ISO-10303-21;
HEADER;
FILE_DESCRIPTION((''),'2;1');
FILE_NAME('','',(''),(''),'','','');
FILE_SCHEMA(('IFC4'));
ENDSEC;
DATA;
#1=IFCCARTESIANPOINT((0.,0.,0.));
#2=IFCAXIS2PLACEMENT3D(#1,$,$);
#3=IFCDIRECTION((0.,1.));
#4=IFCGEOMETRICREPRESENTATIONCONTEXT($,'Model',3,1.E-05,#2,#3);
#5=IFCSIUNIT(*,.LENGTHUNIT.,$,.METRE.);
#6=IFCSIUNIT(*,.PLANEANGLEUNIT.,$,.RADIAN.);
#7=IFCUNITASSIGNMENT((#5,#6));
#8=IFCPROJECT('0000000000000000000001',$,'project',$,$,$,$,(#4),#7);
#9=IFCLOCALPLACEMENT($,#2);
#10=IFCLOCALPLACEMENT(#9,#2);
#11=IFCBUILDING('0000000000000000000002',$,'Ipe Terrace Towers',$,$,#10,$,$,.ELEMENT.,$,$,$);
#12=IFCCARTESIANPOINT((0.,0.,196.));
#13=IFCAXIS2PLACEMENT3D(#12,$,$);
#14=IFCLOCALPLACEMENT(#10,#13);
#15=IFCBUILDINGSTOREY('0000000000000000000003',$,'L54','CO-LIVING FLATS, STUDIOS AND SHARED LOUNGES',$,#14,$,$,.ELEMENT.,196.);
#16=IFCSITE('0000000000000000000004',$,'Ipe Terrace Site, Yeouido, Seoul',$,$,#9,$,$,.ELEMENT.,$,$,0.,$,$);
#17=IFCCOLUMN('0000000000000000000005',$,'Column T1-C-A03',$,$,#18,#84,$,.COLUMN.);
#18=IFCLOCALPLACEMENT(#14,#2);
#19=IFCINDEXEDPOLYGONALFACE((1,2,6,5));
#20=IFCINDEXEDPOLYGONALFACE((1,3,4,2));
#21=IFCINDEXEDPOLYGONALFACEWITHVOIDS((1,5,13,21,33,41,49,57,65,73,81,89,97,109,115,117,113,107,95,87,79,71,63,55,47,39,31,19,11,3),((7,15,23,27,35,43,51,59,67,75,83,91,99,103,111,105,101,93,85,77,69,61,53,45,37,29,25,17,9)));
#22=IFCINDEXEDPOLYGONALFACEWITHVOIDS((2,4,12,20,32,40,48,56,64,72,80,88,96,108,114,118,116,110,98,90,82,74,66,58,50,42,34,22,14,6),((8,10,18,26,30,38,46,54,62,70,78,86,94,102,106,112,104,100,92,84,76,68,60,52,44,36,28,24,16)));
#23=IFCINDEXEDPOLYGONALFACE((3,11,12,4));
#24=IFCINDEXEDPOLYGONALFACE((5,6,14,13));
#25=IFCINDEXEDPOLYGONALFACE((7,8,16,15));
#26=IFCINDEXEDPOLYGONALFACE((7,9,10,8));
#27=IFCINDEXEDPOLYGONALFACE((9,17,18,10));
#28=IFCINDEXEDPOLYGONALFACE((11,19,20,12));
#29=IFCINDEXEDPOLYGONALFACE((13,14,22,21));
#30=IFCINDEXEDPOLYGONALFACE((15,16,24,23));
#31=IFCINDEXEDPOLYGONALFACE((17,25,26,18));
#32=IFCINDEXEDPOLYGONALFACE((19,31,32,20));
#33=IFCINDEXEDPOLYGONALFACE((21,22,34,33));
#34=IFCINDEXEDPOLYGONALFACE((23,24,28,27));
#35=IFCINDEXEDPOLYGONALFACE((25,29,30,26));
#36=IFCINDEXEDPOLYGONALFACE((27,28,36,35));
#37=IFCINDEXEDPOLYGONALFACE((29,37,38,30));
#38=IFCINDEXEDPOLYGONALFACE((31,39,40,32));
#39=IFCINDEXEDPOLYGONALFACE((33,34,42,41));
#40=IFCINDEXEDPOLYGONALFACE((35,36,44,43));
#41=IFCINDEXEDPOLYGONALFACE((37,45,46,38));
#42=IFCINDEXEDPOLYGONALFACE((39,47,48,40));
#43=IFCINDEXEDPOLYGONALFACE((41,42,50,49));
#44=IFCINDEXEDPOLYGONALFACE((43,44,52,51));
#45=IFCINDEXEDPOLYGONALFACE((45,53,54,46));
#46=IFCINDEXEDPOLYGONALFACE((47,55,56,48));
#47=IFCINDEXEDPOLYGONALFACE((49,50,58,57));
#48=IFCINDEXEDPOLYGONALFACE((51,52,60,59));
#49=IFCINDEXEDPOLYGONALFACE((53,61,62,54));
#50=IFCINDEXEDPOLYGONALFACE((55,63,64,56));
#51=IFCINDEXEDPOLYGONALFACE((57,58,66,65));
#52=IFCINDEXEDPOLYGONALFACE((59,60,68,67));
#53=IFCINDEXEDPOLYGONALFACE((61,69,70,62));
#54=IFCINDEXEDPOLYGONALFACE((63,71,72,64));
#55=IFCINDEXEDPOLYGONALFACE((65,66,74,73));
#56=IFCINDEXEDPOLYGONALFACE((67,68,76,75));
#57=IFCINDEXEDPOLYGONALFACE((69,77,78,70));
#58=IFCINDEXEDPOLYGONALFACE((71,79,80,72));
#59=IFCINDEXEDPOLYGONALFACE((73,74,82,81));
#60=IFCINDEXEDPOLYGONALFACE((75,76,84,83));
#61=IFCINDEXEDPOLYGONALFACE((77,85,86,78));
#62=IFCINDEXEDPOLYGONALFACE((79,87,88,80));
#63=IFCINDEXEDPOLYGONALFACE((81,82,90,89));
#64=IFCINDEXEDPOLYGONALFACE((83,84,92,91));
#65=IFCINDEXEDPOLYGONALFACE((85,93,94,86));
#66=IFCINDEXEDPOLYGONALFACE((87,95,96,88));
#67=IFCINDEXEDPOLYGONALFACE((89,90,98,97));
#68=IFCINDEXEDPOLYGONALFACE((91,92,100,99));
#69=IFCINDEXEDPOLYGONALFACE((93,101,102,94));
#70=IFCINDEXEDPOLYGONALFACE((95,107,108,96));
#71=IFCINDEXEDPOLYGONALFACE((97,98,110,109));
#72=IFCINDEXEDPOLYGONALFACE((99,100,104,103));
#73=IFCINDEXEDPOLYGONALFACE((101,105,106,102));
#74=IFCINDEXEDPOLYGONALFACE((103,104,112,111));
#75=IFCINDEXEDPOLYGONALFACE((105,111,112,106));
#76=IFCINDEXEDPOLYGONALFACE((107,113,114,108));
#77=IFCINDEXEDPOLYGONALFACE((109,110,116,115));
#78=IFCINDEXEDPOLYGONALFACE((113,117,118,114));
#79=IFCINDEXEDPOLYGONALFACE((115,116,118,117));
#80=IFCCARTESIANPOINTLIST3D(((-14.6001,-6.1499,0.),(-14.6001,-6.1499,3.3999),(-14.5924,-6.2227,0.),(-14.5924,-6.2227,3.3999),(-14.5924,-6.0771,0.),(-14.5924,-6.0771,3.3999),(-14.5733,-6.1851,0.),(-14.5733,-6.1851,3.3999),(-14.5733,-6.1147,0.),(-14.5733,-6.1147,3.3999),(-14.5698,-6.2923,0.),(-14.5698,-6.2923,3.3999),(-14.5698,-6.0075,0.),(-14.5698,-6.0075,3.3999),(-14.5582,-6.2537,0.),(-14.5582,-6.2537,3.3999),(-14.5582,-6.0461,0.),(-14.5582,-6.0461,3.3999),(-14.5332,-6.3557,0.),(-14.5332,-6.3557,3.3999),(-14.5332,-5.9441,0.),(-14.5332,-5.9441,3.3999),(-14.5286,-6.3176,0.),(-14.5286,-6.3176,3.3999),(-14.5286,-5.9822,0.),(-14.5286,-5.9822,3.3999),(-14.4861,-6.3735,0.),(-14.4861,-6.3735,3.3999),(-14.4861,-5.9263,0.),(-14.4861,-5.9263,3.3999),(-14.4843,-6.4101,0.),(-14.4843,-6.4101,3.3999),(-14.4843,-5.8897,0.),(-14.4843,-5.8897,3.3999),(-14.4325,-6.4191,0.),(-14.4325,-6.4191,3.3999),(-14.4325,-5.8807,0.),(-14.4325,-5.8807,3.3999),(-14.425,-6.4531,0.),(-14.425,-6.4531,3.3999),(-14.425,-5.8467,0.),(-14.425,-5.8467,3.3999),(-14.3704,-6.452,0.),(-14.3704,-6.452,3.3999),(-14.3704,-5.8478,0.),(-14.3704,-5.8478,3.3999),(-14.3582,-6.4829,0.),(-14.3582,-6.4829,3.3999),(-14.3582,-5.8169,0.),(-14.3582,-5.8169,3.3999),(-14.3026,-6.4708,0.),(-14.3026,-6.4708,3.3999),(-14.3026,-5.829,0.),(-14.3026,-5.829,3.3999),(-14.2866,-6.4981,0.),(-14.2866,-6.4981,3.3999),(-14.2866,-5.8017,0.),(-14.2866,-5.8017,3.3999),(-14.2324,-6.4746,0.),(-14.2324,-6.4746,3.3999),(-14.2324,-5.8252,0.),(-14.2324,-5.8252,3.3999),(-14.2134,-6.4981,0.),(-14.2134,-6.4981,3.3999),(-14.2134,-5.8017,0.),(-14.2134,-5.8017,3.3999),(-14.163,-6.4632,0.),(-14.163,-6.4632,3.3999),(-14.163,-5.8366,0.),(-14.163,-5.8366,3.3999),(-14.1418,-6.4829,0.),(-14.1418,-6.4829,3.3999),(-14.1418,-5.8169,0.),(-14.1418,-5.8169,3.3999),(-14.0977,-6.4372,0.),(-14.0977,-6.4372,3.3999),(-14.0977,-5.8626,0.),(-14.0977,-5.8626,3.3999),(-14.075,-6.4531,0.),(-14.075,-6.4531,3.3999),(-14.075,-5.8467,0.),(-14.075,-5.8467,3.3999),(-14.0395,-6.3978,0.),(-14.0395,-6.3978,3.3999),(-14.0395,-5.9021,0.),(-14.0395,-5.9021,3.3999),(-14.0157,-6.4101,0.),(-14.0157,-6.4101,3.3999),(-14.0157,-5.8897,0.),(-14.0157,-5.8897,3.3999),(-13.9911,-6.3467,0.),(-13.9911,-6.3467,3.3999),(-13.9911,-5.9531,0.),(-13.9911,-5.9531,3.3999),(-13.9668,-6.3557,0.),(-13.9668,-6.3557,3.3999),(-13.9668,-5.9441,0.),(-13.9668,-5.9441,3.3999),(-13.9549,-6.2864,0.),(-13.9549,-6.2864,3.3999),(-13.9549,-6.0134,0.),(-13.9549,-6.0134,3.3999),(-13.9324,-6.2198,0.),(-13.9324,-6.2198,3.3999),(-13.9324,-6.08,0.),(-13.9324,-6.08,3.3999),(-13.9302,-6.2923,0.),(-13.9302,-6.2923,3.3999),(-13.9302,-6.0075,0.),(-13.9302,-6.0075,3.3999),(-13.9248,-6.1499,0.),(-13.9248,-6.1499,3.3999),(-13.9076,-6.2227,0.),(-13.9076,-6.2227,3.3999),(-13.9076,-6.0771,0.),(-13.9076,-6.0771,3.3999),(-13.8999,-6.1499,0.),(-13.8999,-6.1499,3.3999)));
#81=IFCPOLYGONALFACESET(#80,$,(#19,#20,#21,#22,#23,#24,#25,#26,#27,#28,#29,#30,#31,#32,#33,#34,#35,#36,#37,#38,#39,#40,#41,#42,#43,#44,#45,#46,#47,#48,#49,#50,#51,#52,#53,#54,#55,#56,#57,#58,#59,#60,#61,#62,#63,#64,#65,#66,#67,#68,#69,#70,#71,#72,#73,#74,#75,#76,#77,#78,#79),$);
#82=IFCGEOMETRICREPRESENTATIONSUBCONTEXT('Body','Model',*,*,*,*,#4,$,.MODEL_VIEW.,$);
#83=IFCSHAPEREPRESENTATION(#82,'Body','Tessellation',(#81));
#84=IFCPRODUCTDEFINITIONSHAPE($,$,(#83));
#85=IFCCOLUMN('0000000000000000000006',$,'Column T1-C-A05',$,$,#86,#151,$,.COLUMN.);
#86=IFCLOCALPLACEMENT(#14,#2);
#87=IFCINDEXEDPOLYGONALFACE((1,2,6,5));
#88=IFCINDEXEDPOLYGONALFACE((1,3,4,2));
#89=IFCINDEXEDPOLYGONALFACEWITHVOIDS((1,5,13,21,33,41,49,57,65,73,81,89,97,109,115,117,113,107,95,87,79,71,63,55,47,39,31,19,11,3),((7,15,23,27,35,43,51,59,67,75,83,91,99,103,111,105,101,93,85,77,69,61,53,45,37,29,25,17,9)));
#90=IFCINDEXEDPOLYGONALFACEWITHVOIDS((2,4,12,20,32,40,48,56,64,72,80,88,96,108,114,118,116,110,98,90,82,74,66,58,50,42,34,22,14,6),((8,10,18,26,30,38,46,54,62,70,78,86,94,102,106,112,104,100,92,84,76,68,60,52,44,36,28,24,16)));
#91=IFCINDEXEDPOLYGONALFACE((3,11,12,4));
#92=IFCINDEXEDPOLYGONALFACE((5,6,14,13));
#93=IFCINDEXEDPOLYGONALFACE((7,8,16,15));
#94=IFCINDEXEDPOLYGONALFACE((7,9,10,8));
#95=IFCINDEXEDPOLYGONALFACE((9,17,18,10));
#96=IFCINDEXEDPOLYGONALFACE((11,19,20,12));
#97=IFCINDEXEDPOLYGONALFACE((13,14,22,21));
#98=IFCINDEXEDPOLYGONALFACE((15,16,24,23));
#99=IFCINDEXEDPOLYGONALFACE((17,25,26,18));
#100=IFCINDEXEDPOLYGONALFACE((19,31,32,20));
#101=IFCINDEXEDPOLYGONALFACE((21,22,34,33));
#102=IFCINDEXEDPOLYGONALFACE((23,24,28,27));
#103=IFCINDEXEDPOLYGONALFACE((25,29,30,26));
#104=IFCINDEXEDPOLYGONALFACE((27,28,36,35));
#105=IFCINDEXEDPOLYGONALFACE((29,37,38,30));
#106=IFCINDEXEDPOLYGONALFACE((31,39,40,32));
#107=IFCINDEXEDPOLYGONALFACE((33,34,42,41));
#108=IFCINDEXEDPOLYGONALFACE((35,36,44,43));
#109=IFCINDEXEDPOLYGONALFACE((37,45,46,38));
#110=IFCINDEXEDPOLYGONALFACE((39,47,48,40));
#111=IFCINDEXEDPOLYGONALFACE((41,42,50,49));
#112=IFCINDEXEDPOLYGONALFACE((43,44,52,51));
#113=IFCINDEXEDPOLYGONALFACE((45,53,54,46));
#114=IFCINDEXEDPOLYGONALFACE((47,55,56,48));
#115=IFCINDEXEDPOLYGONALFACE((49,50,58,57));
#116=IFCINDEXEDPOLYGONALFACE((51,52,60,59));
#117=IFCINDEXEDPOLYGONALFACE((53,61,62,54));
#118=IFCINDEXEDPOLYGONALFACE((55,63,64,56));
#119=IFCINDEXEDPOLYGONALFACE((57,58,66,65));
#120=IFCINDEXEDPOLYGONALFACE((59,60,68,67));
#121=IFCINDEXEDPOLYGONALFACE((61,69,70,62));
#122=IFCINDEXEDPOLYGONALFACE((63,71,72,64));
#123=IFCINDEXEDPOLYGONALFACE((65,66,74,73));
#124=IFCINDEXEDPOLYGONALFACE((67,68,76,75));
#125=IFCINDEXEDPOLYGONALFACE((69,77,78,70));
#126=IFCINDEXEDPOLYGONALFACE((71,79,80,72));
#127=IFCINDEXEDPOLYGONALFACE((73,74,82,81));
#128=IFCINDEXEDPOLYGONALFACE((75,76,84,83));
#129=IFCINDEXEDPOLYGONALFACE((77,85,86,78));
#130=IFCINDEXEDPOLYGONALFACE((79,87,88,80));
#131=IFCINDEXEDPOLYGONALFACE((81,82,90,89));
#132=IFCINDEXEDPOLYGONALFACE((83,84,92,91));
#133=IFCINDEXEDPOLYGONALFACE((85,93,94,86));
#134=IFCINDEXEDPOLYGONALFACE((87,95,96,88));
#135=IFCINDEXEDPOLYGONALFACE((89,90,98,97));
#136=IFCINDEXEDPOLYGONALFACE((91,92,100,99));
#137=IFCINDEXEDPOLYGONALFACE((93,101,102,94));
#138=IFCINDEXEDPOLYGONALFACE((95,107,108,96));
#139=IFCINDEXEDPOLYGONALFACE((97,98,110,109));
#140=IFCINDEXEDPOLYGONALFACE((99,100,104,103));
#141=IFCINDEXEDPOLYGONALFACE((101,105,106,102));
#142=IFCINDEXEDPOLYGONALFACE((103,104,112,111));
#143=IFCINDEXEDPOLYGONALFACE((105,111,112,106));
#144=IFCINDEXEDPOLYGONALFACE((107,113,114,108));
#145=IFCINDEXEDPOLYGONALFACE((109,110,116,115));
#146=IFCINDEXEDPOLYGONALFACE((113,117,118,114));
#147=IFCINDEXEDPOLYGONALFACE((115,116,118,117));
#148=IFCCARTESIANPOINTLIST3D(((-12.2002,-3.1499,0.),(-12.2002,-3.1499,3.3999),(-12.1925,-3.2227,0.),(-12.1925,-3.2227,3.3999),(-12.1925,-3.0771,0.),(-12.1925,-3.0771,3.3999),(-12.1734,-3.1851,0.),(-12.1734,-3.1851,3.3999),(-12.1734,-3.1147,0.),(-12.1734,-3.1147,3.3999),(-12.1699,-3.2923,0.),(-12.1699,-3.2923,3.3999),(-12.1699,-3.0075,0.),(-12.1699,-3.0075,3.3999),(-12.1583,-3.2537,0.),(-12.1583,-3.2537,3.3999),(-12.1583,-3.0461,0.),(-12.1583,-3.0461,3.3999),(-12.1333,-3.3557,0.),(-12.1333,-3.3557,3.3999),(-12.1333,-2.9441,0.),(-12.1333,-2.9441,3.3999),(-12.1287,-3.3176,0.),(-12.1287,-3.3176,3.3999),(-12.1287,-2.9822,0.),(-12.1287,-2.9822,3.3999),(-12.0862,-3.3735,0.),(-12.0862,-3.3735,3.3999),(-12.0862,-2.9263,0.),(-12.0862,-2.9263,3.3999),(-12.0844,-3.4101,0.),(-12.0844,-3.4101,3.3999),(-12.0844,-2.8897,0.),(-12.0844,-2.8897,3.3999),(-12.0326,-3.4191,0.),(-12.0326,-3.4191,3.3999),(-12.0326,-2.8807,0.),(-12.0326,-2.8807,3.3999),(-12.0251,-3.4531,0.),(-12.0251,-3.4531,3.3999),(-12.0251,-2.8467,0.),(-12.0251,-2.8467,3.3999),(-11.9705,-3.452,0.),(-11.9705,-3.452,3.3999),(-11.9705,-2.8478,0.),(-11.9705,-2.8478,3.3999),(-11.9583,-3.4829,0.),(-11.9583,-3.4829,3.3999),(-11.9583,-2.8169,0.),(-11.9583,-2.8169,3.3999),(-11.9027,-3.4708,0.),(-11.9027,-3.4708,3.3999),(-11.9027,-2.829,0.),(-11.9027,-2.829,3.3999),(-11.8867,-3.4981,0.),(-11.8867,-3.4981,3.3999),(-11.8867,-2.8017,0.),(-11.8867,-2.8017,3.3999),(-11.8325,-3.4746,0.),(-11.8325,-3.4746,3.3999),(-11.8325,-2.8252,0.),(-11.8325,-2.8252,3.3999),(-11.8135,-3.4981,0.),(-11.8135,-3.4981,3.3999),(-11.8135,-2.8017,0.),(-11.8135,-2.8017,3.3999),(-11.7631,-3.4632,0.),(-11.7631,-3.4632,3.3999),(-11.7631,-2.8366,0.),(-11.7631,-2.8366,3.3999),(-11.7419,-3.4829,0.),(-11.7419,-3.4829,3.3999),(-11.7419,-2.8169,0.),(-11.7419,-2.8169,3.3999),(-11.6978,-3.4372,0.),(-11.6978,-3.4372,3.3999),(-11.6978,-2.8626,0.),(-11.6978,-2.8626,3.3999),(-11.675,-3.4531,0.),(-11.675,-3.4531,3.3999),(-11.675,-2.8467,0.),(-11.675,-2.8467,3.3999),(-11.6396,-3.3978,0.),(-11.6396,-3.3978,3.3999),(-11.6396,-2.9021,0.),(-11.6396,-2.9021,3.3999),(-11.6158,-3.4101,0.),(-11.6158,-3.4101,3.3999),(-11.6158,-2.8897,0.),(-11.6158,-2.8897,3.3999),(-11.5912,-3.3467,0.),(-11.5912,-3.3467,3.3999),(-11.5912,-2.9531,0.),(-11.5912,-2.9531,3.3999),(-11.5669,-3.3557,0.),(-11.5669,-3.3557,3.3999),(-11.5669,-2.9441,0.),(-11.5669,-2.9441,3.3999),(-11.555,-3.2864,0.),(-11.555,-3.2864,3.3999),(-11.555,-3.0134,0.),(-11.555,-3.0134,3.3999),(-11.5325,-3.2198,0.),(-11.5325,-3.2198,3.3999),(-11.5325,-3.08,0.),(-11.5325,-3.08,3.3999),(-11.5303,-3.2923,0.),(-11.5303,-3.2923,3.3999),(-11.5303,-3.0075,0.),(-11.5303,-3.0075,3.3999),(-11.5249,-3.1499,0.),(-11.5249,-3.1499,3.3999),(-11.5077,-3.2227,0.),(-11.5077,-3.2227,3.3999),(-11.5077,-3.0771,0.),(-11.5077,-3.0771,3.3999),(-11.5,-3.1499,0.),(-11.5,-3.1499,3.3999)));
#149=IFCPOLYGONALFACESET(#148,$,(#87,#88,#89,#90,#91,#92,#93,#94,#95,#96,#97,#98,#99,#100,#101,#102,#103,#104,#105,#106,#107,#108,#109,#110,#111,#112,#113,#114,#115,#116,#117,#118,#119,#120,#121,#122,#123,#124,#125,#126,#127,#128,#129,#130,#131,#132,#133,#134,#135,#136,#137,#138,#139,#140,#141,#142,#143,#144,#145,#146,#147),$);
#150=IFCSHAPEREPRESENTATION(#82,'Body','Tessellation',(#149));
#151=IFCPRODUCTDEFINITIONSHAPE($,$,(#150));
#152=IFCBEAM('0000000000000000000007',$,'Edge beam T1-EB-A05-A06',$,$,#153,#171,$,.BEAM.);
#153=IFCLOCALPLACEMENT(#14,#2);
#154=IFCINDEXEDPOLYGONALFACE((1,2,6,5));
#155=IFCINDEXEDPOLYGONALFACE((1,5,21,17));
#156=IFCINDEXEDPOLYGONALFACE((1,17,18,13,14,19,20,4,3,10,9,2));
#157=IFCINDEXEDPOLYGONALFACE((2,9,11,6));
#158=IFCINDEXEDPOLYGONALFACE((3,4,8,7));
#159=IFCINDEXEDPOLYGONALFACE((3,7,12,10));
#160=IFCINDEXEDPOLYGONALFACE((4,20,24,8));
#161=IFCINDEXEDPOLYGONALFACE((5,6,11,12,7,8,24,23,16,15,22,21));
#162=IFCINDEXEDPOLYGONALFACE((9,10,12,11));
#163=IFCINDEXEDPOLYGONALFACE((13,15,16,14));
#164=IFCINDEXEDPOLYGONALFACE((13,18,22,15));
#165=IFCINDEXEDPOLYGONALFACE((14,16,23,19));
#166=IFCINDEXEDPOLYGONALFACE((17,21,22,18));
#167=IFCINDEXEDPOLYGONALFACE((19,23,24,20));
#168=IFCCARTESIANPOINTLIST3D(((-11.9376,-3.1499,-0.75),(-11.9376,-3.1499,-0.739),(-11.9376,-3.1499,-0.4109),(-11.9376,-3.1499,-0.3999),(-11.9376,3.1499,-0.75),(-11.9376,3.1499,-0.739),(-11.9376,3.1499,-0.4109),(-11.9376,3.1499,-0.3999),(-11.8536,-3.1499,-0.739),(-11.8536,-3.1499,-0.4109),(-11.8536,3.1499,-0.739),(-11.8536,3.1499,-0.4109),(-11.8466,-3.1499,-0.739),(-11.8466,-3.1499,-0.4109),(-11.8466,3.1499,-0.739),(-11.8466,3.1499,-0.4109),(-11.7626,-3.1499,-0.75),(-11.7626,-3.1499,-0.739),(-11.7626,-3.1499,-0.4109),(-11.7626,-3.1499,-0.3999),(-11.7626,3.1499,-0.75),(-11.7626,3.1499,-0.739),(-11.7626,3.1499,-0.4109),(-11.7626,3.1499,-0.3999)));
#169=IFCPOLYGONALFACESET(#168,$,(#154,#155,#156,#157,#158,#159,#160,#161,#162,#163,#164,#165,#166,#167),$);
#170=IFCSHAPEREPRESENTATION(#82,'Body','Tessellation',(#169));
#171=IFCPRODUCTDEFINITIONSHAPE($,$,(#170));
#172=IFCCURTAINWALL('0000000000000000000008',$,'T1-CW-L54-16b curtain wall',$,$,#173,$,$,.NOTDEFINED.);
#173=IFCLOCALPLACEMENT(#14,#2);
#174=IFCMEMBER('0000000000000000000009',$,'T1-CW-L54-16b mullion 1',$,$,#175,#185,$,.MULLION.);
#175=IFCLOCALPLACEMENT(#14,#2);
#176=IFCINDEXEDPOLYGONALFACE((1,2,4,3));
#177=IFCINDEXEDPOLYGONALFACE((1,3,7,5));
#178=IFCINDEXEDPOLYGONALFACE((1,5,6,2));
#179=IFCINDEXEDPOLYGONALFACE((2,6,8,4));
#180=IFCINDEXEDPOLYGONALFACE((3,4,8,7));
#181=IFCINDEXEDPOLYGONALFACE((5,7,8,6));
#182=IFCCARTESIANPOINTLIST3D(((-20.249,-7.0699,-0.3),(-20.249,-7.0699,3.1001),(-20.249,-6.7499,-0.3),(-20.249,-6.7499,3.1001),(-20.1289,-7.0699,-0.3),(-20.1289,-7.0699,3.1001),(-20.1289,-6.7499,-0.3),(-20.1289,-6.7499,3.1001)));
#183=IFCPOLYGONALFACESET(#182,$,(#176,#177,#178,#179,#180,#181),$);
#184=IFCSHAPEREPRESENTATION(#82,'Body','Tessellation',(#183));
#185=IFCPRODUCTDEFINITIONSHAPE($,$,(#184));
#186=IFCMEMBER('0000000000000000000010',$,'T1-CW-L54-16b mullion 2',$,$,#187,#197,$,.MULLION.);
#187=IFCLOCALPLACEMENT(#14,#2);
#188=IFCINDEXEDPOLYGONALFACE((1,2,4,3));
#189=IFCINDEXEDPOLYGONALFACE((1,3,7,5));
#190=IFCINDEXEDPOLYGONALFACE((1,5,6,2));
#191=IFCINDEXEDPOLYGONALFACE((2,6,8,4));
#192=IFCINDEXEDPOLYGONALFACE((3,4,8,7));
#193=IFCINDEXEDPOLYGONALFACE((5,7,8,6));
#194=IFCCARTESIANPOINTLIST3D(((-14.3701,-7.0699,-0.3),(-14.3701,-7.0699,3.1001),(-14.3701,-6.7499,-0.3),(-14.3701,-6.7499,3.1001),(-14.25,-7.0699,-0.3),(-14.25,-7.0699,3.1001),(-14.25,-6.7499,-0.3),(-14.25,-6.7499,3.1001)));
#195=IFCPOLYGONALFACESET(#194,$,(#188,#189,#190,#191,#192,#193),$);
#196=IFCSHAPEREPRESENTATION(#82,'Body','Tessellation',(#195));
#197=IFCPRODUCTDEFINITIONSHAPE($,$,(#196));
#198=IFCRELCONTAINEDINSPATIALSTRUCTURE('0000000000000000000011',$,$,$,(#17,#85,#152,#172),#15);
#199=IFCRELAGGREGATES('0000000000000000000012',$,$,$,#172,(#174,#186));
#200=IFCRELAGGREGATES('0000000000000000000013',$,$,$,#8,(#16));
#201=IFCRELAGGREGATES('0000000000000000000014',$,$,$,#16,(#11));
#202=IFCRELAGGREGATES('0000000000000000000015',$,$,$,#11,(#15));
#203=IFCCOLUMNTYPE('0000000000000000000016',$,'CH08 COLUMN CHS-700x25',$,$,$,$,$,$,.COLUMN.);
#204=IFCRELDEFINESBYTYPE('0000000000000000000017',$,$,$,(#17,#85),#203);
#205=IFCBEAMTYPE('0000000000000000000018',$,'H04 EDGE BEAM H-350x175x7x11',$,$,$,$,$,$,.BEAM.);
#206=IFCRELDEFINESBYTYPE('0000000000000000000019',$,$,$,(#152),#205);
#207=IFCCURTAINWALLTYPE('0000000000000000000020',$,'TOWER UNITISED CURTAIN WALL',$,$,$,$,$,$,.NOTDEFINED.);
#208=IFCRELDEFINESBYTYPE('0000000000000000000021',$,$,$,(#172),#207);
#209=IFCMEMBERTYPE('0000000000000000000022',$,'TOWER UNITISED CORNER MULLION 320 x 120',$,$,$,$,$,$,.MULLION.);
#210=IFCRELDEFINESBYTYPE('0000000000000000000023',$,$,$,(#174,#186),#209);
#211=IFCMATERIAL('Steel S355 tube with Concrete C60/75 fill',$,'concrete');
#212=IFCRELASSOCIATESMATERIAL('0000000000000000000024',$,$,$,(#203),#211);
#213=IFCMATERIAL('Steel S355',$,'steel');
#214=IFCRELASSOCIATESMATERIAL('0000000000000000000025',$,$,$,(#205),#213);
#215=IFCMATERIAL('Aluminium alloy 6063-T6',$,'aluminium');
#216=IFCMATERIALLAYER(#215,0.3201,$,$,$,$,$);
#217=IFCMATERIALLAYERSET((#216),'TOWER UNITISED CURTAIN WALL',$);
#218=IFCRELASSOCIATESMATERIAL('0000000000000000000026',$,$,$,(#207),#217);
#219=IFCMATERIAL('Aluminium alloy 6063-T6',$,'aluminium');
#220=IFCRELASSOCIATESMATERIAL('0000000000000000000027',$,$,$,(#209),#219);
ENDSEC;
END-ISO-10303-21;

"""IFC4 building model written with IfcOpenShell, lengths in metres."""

from ifc_helpers import new_model, si_unit, direction, frame, origin, origin_2d, place, context, subcontext, project, spatial, rectangle, hollow_circle, i_section, extrude, material, layer, layer_set, material_profile, profile_set, type_object, element, aggregate, save


model = new_model("IFC4")

# Units and contexts
model_context = context("Model", 3, precision=1e-05, world=origin(), true_north=direction((0.0, 1.0)))
body_context = subcontext(model_context, "Body", "Model", "MODEL_VIEW")
ifc_project = project(units=[si_unit("LENGTHUNIT", "METRE"), si_unit("PLANEANGLEUNIT", "RADIAN")], contexts=[model_context])

# Site, building, storey
site_placement = place(None, origin())
site = spatial("IfcSite", under=ifc_project, at=site_placement, Name="Ipe Terrace Site, Yeouido, Seoul", CompositionType="ELEMENT", RefElevation=0.0)
building_placement = place(site_placement, origin())
building = spatial("IfcBuilding", under=site, at=building_placement, Name="Ipe Terrace Towers", CompositionType="ELEMENT")
storey_placement = place(building_placement, frame((0.0, 0.0, 196.0)))
storey = spatial("IfcBuildingStorey", under=building, at=storey_placement, Name="L54", Description="CO-LIVING FLATS, STUDIOS AND SHARED LOUNGES", CompositionType="ELEMENT", Elevation=196.0)

# Columns
ifc_material_1 = material(Name="Steel S355 tube with Concrete C60/75 fill", Category="concrete")
ifc_material_profile_1 = material_profile(ifc_material_1, hollow_circle(Radius=0.3501, WallThickness=0.0249, at=origin_2d()), Name="CHS-700x25")
ifc_profile_set_1 = profile_set([ifc_material_profile_1], Name="Steel S355 tube with Concrete C60/75 fill")
column_type = type_object("IfcColumnType", Name="CH08 COLUMN CHS-700x25", PredefinedType="COLUMN", material=ifc_profile_set_1)
for number, where, z_axis, x_axis, name in (
    (1, (-14.25, -6.1499, 0.0), (0.0, 0.0, 1.0), (1.0, 0.0, 0.0), "Column T1-C-A03"),
    (2, (-11.8501, -3.1499, 0.0), (0.0, 0.0, 1.0), (1.0, 0.0, 0.0), "Column T1-C-A05"),
):
    element("IfcColumn", number, at=place(storey_placement, frame(where, z_axis=z_axis, x_axis=x_axis)), inside=storey, type_object=column_type, Name=name, PredefinedType="COLUMN", context=body_context, shape_type="SweptSolid", body=[
        extrude(hollow_circle(Radius=0.3501, WallThickness=0.0249, at=origin_2d()), origin(), (0.0, 0.0, 1.0), 3.3999),
    ])

# Beam
ifc_material_2 = material(Name="Steel S355", Category="steel")
ifc_material_profile_2 = material_profile(ifc_material_2, i_section(OverallWidth=0.175, OverallDepth=0.3501, WebThickness=0.0071, FlangeThickness=0.011, at=origin_2d()), Name="H-350x175x7x11")
ifc_profile_set_2 = profile_set([ifc_material_profile_2], Name="Steel S355")
beam_type = type_object("IfcBeamType", Name="H04 EDGE BEAM H-350x175x7x11", PredefinedType="BEAM", material=ifc_profile_set_2)
beam_placement = place(storey_placement, frame((-11.8501, -3.1499, -0.575), z_axis=(0.0, 1.0, 0.0), x_axis=(-1.0, 0.0, 0.0)))
element("IfcBeam", 3, at=beam_placement, inside=storey, type_object=beam_type, Name="Edge beam T1-EB-A05-A06", PredefinedType="BEAM", context=body_context, shape_type="SweptSolid", body=[
    extrude(i_section(OverallWidth=0.175, OverallDepth=0.3501, WebThickness=0.0071, FlangeThickness=0.011, at=origin_2d()), origin(), (0.0, 0.0, 1.0), 6.2998),
])

# Curtain wall, members
ifc_material_3 = material(Name="Aluminium alloy 6063-T6", Category="aluminium")
ifc_layer_1 = layer(ifc_material_3, 0.3201)
ifc_layer_set_1 = layer_set([ifc_layer_1], Name="TOWER UNITISED CURTAIN WALL")
curtain_wall_type = type_object("IfcCurtainWallType", Name="TOWER UNITISED CURTAIN WALL", PredefinedType="NOTDEFINED", material=ifc_layer_set_1)
curtain_wall_1_placement = place(storey_placement, origin())
curtain_wall_1 = element("IfcCurtainWall", 4, at=curtain_wall_1_placement, inside=storey, type_object=curtain_wall_type, Name="T1-CW-L54-16b curtain wall", PredefinedType="NOTDEFINED")
ifc_material_4 = material(Name="Aluminium alloy 6063-T6", Category="aluminium")
ifc_material_profile_3 = material_profile(ifc_material_4, rectangle(XDim=0.3201, YDim=0.1201, at=origin_2d()), Name="TOWER UNITISED CORNER MULLION 320 x 120")
ifc_profile_set_3 = profile_set([ifc_material_profile_3], Name="Aluminium alloy 6063-T6")
member_type = type_object("IfcMemberType", Name="TOWER UNITISED CORNER MULLION 320 x 120", PredefinedType="MULLION", material=ifc_profile_set_3)
member_1_placement = place(storey_placement, frame((-20.189, -6.9099, -0.3), z_axis=(0.0, 0.0, 1.0), x_axis=(0.0, -1.0, 0.0)))
member_1 = element("IfcMember", 5, at=member_1_placement, type_object=member_type, Name="T1-CW-L54-16b mullion 1", PredefinedType="MULLION", context=body_context, shape_type="SweptSolid", body=[
    extrude(rectangle(XDim=0.3201, YDim=0.1201, at=origin_2d()), origin(), (0.0, 0.0, 1.0), 3.4001),
])
member_2_placement = place(storey_placement, frame((-14.3101, -6.9099, -0.3), z_axis=(0.0, 0.0, 1.0), x_axis=(0.0, -1.0, 0.0)))
member_2 = element("IfcMember", 6, at=member_2_placement, type_object=member_type, Name="T1-CW-L54-16b mullion 2", PredefinedType="MULLION", context=body_context, shape_type="SweptSolid", body=[
    extrude(rectangle(XDim=0.3201, YDim=0.1201, at=origin_2d()), origin(), (0.0, 0.0, 1.0), 3.4001),
])

aggregate(curtain_wall_1, [member_1, member_2])

save(model, "model.ifc")
